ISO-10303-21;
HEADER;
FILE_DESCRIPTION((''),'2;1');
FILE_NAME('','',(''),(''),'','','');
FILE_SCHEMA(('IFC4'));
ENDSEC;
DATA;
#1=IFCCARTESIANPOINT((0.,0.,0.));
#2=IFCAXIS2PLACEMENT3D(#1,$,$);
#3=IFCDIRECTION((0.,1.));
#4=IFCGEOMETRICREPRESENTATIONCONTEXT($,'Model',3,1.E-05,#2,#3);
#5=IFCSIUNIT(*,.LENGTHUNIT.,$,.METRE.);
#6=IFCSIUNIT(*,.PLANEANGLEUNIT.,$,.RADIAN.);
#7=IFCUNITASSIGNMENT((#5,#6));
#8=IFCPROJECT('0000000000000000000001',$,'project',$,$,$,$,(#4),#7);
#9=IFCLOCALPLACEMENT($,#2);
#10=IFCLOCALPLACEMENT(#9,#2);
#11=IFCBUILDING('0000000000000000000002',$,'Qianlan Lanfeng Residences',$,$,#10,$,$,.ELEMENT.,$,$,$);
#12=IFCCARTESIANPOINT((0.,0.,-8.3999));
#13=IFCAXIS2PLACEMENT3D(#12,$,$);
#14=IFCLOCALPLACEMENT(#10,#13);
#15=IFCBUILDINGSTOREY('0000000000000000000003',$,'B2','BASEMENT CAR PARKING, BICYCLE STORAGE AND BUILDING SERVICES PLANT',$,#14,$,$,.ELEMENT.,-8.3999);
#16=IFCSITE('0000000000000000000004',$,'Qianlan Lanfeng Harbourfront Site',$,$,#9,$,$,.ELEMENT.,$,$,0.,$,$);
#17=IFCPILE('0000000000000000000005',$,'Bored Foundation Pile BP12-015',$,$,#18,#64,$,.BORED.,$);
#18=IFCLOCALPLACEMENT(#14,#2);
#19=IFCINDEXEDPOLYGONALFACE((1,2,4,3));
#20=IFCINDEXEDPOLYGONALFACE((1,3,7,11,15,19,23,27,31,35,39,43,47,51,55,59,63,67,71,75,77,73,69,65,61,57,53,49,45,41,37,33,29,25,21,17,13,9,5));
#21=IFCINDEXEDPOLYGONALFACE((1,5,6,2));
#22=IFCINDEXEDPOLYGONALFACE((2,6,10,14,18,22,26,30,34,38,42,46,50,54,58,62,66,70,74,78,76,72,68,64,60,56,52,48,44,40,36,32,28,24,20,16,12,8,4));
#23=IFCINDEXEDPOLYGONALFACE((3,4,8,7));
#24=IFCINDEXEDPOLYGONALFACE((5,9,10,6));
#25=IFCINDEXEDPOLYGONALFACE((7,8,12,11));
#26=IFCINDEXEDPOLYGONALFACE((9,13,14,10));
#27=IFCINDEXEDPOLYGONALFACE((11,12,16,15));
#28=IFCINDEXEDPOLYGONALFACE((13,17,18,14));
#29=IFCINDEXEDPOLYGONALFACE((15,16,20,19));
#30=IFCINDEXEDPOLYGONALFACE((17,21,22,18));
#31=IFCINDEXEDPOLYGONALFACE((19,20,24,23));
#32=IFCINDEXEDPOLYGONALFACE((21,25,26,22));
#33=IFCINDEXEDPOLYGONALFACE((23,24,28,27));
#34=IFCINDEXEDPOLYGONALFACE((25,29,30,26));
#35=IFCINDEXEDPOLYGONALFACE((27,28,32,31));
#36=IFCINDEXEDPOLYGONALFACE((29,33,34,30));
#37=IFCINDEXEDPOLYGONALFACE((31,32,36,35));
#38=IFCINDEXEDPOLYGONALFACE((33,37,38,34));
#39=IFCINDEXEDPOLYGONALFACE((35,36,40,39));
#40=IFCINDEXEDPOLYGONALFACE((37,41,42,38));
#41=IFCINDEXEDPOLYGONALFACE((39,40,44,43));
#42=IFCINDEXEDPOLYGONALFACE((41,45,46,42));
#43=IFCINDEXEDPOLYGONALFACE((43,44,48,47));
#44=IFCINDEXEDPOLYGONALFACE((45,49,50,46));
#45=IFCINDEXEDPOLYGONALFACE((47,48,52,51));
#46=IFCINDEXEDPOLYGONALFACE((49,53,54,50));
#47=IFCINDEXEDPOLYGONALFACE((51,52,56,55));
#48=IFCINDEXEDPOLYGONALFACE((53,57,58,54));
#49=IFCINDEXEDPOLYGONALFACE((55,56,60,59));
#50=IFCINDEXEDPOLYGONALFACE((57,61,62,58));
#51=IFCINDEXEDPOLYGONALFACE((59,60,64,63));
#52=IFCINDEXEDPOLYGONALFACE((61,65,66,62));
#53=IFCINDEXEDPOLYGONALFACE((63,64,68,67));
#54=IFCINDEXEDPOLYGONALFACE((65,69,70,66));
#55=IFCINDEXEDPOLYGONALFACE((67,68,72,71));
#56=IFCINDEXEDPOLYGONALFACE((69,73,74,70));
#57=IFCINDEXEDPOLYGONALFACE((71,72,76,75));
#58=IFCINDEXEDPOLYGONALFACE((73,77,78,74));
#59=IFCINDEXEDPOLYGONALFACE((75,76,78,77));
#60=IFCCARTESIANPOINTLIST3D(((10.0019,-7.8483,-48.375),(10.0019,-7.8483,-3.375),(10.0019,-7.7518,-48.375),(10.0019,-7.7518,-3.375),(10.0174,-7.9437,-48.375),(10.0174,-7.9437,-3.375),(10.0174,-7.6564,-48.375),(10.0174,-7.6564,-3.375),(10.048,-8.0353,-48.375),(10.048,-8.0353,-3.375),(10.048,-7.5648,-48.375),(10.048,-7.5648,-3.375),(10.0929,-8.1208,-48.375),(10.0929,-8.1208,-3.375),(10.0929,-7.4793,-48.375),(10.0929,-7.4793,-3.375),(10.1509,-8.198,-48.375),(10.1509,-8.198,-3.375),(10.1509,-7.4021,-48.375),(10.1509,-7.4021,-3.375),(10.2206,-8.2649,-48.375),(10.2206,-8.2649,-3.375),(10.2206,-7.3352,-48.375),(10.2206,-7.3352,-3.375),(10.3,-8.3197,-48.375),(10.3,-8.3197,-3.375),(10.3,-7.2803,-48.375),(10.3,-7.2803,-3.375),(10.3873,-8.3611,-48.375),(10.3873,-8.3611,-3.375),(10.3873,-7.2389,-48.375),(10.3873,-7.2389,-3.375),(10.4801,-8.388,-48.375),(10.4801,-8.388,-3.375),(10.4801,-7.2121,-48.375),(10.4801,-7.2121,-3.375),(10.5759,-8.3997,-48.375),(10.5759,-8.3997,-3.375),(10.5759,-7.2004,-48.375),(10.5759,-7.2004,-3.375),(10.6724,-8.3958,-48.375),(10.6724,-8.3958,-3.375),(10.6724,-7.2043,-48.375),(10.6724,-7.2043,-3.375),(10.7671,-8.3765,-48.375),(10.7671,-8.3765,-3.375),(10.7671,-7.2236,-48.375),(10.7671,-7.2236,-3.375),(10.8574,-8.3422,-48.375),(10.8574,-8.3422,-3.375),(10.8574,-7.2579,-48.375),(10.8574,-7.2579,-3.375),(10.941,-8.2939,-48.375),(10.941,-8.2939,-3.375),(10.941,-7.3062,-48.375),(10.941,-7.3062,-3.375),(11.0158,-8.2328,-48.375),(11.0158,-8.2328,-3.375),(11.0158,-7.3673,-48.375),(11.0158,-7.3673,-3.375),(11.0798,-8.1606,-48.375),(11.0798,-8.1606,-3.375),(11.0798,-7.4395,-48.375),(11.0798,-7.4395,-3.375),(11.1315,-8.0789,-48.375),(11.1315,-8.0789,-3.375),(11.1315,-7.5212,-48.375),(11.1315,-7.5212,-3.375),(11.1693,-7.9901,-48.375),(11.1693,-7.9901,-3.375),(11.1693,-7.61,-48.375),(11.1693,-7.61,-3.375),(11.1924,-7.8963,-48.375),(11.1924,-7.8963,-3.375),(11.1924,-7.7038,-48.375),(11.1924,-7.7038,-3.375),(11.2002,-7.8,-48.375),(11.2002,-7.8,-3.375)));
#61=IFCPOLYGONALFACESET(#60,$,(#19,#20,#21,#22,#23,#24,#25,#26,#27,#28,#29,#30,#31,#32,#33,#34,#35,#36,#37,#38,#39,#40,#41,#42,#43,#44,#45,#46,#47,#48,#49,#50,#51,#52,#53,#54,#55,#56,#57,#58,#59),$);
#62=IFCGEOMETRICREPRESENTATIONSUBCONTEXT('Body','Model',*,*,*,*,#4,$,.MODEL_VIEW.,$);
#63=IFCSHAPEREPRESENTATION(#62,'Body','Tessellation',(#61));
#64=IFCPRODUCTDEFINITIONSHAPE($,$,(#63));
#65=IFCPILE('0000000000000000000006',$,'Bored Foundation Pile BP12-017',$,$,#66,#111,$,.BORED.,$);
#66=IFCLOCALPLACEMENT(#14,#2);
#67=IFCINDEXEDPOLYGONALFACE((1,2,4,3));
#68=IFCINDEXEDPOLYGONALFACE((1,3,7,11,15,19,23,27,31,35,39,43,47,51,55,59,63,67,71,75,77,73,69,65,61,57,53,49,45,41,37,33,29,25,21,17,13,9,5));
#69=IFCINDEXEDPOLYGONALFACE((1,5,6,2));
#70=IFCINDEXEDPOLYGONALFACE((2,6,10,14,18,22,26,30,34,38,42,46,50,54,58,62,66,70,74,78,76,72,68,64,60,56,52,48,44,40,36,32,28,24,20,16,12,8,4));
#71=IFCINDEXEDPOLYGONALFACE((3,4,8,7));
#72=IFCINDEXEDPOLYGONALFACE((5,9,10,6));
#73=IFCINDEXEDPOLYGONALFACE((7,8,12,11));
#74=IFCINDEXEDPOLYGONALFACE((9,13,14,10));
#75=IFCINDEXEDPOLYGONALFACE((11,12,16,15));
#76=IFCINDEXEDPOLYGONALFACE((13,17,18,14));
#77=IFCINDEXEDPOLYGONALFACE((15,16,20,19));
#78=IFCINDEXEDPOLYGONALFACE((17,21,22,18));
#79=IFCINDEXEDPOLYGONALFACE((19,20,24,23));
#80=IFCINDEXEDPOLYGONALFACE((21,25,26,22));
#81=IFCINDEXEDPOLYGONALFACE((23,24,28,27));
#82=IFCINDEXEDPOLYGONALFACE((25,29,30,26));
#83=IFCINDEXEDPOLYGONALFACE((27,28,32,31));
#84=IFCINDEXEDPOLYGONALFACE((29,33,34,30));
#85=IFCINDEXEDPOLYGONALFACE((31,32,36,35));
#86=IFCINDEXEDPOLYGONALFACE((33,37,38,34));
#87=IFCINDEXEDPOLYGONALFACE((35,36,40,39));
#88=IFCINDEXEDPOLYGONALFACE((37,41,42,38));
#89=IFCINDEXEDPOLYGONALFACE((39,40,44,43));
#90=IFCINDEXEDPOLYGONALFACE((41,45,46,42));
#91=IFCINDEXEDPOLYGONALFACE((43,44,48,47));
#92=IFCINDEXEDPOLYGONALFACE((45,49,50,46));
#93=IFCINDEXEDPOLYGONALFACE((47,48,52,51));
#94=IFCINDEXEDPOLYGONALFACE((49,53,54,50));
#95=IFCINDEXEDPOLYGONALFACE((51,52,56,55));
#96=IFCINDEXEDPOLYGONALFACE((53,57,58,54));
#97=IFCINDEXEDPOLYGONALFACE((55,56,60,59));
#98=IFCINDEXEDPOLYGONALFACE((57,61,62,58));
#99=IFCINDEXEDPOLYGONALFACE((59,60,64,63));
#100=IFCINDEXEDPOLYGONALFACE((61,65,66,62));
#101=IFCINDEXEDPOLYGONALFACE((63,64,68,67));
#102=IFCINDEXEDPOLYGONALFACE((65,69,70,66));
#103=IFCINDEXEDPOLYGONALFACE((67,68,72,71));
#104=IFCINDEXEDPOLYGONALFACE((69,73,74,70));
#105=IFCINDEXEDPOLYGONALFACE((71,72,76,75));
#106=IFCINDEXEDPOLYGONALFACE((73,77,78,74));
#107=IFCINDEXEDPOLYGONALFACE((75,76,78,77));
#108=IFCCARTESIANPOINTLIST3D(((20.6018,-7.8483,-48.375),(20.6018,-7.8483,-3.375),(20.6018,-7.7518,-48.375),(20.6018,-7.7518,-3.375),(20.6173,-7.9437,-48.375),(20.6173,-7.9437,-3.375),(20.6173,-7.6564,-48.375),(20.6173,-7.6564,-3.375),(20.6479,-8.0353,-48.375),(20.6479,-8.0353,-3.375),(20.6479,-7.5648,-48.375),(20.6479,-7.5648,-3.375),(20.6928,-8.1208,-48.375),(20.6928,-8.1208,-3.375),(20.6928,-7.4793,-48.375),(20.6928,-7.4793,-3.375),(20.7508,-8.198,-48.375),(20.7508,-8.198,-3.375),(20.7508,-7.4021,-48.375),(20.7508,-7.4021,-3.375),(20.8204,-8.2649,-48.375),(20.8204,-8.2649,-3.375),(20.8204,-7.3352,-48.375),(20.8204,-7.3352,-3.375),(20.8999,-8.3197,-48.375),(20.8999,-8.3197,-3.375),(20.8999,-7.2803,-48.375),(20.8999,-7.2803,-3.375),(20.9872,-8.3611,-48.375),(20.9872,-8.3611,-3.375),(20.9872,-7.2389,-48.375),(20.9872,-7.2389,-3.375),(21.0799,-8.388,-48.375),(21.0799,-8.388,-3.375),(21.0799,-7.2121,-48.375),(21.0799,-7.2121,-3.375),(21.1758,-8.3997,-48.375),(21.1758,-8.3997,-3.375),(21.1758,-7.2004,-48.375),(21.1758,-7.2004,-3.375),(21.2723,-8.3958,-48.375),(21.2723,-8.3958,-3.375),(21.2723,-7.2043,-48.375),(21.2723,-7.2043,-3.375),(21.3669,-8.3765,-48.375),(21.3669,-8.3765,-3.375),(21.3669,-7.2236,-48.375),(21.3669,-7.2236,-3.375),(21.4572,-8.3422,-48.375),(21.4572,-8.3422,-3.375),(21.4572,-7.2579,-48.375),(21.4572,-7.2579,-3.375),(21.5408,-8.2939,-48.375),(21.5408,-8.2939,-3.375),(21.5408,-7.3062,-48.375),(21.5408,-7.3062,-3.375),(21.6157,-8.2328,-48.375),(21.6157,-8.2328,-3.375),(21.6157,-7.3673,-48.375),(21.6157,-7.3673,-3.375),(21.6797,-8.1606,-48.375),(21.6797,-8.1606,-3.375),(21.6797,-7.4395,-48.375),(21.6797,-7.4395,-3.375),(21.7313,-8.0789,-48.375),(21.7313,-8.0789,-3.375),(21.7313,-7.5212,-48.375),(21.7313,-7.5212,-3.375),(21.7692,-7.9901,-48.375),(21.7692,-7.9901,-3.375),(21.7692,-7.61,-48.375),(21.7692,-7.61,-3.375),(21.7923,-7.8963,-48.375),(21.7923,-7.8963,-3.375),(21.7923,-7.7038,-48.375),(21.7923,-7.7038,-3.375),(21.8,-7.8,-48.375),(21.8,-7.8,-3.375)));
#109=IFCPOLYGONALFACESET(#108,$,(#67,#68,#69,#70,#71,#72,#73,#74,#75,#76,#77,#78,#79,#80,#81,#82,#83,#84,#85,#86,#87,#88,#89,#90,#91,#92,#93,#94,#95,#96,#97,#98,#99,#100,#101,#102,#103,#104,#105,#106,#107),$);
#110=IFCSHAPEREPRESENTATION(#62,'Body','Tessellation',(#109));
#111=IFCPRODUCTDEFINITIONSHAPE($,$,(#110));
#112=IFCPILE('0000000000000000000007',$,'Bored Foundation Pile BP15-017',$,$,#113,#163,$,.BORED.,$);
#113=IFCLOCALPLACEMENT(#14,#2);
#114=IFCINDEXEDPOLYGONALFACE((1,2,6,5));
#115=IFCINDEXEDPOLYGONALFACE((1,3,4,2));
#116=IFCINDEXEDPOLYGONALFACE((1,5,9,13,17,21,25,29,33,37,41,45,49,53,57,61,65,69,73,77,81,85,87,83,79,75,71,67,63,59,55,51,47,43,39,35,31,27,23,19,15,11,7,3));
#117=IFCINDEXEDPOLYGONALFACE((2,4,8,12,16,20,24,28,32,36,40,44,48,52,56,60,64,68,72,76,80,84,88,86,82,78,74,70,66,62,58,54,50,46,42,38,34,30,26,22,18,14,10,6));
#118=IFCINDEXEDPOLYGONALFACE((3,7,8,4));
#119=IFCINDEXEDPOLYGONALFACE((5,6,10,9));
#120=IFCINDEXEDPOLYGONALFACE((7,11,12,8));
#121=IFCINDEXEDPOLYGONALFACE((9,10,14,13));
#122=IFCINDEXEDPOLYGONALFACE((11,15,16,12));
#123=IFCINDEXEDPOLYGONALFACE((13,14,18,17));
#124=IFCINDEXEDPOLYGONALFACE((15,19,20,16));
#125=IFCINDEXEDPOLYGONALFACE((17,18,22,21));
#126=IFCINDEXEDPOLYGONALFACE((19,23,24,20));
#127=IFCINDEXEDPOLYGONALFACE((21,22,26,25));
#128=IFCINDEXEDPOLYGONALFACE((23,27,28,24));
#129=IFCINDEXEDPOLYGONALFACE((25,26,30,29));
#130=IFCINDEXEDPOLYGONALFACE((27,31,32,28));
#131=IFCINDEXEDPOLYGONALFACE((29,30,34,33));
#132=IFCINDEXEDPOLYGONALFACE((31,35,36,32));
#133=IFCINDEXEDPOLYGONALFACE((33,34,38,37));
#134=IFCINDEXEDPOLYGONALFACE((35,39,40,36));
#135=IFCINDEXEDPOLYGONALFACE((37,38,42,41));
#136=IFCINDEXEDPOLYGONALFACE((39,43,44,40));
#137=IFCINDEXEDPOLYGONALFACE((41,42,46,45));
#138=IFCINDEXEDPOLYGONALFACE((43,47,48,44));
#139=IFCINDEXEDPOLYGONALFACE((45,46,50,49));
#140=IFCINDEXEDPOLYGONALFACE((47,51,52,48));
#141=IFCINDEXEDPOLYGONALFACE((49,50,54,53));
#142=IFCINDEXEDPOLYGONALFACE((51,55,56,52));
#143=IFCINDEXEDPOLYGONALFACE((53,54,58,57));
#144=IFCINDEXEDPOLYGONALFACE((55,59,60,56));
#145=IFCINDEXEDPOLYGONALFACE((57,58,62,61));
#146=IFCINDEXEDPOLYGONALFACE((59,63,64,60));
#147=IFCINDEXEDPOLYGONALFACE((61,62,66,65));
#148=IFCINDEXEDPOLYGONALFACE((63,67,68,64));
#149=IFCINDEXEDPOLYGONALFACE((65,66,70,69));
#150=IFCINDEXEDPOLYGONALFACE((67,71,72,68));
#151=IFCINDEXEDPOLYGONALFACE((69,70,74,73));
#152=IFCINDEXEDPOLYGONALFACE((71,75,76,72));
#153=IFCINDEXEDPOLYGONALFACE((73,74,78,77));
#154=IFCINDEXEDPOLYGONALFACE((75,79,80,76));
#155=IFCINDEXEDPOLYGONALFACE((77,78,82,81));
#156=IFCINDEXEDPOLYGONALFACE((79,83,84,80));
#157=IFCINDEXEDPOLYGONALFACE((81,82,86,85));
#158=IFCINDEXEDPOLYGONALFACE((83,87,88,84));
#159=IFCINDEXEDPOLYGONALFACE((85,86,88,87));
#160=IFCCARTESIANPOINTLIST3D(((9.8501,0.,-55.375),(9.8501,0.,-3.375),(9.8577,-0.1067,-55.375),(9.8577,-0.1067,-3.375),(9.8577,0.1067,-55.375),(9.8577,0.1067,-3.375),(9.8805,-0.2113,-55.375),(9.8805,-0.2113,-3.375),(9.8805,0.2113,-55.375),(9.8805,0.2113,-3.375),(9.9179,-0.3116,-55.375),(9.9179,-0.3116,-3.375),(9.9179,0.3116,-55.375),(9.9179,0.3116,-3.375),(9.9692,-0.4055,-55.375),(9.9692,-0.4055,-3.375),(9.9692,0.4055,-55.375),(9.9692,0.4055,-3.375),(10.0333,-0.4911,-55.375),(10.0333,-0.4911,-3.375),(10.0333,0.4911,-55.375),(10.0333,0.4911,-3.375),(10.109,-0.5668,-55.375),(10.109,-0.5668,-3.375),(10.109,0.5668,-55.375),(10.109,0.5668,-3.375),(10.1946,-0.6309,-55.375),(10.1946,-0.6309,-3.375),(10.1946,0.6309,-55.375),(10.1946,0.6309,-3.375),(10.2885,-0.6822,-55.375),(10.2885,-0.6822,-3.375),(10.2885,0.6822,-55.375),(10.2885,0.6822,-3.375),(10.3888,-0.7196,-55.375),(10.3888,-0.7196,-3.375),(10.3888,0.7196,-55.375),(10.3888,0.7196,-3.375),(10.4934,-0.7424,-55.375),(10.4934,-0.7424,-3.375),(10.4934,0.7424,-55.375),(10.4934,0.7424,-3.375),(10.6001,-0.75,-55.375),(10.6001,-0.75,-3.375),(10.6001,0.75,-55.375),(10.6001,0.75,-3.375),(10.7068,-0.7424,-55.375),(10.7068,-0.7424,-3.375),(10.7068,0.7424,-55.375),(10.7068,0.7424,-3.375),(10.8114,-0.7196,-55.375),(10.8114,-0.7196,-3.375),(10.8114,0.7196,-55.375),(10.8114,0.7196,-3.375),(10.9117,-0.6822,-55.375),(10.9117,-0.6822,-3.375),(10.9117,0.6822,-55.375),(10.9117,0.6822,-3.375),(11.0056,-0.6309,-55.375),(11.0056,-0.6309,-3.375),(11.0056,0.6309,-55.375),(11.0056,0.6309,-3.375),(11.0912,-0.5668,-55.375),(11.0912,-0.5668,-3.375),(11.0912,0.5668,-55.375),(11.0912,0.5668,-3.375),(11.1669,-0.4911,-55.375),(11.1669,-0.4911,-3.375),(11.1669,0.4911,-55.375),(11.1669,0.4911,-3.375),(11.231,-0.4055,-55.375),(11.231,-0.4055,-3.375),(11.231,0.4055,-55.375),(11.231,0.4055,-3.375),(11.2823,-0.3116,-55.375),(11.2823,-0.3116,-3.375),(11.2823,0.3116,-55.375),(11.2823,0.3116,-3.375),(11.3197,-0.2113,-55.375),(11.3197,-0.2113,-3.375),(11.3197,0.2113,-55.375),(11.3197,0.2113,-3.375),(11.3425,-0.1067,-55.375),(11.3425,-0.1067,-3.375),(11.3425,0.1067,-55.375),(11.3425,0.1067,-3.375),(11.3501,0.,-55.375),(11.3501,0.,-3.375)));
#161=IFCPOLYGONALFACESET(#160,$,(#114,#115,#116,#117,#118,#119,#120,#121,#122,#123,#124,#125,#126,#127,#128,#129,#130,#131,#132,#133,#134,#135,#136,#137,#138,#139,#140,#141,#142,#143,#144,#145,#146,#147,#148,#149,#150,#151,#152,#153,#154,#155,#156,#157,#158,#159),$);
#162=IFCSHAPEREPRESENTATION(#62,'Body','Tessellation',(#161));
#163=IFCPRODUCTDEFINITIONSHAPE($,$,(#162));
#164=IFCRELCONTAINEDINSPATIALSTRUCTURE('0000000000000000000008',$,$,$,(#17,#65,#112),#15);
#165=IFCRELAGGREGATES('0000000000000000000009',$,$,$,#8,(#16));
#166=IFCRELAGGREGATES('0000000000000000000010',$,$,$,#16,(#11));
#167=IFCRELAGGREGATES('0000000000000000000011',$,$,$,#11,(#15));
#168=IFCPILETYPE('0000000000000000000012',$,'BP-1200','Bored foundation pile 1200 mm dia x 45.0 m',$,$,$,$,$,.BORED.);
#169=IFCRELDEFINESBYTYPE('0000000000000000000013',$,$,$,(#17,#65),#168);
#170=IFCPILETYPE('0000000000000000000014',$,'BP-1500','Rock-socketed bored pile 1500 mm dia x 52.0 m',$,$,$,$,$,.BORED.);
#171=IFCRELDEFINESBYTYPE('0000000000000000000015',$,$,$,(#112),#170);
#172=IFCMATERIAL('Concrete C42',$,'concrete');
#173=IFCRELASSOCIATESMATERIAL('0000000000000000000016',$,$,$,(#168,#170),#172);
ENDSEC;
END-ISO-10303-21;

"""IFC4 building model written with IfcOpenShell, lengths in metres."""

from ifc_helpers import new_model, si_unit, direction, frame, origin, origin_2d, place, context, subcontext, project, spatial, circle, extrude, material, material_profile, profile_set, type_object, element, save


model = new_model("IFC4")

# Units and contexts
model_context = context("Model", 3, precision=1e-05, world=origin(), true_north=direction((0.0, 1.0)))
body_context = subcontext(model_context, "Body", "Model", "MODEL_VIEW")
ifc_project = project(units=[si_unit("LENGTHUNIT", "METRE"), si_unit("PLANEANGLEUNIT", "RADIAN")], contexts=[model_context])

# Site, building, storey
site_placement = place(None, origin())
site = spatial("IfcSite", under=ifc_project, at=site_placement, Name="Qianlan Lanfeng Harbourfront Site", CompositionType="ELEMENT", RefElevation=0.0)
building_placement = place(site_placement, origin())
building = spatial("IfcBuilding", under=site, at=building_placement, Name="Qianlan Lanfeng Residences", CompositionType="ELEMENT")
storey_placement = place(building_placement, frame((0.0, 0.0, -8.3999)))
storey = spatial("IfcBuildingStorey", under=building, at=storey_placement, Name="B2", Description="BASEMENT CAR PARKING, BICYCLE STORAGE AND BUILDING SERVICES PLANT", CompositionType="ELEMENT", Elevation=-8.3999)

# Piles
ifc_material_1 = material(Name="Concrete C42", Category="concrete")
ifc_material_profile_1 = material_profile(ifc_material_1, circle(Radius=0.6001, at=origin_2d()), Name="PILE D1200")
ifc_profile_set_1 = profile_set([ifc_material_profile_1], Name="Concrete C42")
pile_type_1 = type_object("IfcPileType", Name="BP-1200", Description="Bored foundation pile 1200 mm dia x 45.0 m", PredefinedType="BORED", material=ifc_profile_set_1)
for number, where, z_axis, x_axis, name in (
    (1, (10.6001, -7.8, -3.375), (0.0, 0.0, -1.0), (1.0, 0.0, 0.0), "Bored Foundation Pile BP12-015"),
    (2, (21.2, -7.8, -3.375), (0.0, 0.0, -1.0), (1.0, 0.0, 0.0), "Bored Foundation Pile BP12-017"),
):
    element("IfcPile", number, at=place(storey_placement, frame(where, z_axis=z_axis, x_axis=x_axis)), inside=storey, type_object=pile_type_1, Name=name, PredefinedType="BORED", context=body_context, shape_type="SweptSolid", body=[
        extrude(circle(Radius=0.6001, at=origin_2d()), origin(), (0.0, 0.0, 1.0), 45.0),
    ])
ifc_material_profile_2 = material_profile(ifc_material_1, circle(Radius=0.75, at=origin_2d()), Name="PILE D1500")
ifc_profile_set_2 = profile_set([ifc_material_profile_2], Name="Concrete C42")
pile_type_2 = type_object("IfcPileType", Name="BP-1500", Description="Rock-socketed bored pile 1500 mm dia x 52.0 m", PredefinedType="BORED", material=ifc_profile_set_2)
for number, where, z_axis, x_axis, name in (
    (3, (10.6001, 0.0, -3.375), (0.0, 0.0, -1.0), (1.0, 0.0, 0.0), "Bored Foundation Pile BP15-017"),
):
    element("IfcPile", number, at=place(storey_placement, frame(where, z_axis=z_axis, x_axis=x_axis)), inside=storey, type_object=pile_type_2, Name=name, PredefinedType="BORED", context=body_context, shape_type="SweptSolid", body=[
        extrude(circle(Radius=0.75, at=origin_2d()), origin(), (0.0, 0.0, 1.0), 52.0),
    ])

save(model, "model.ifc")
